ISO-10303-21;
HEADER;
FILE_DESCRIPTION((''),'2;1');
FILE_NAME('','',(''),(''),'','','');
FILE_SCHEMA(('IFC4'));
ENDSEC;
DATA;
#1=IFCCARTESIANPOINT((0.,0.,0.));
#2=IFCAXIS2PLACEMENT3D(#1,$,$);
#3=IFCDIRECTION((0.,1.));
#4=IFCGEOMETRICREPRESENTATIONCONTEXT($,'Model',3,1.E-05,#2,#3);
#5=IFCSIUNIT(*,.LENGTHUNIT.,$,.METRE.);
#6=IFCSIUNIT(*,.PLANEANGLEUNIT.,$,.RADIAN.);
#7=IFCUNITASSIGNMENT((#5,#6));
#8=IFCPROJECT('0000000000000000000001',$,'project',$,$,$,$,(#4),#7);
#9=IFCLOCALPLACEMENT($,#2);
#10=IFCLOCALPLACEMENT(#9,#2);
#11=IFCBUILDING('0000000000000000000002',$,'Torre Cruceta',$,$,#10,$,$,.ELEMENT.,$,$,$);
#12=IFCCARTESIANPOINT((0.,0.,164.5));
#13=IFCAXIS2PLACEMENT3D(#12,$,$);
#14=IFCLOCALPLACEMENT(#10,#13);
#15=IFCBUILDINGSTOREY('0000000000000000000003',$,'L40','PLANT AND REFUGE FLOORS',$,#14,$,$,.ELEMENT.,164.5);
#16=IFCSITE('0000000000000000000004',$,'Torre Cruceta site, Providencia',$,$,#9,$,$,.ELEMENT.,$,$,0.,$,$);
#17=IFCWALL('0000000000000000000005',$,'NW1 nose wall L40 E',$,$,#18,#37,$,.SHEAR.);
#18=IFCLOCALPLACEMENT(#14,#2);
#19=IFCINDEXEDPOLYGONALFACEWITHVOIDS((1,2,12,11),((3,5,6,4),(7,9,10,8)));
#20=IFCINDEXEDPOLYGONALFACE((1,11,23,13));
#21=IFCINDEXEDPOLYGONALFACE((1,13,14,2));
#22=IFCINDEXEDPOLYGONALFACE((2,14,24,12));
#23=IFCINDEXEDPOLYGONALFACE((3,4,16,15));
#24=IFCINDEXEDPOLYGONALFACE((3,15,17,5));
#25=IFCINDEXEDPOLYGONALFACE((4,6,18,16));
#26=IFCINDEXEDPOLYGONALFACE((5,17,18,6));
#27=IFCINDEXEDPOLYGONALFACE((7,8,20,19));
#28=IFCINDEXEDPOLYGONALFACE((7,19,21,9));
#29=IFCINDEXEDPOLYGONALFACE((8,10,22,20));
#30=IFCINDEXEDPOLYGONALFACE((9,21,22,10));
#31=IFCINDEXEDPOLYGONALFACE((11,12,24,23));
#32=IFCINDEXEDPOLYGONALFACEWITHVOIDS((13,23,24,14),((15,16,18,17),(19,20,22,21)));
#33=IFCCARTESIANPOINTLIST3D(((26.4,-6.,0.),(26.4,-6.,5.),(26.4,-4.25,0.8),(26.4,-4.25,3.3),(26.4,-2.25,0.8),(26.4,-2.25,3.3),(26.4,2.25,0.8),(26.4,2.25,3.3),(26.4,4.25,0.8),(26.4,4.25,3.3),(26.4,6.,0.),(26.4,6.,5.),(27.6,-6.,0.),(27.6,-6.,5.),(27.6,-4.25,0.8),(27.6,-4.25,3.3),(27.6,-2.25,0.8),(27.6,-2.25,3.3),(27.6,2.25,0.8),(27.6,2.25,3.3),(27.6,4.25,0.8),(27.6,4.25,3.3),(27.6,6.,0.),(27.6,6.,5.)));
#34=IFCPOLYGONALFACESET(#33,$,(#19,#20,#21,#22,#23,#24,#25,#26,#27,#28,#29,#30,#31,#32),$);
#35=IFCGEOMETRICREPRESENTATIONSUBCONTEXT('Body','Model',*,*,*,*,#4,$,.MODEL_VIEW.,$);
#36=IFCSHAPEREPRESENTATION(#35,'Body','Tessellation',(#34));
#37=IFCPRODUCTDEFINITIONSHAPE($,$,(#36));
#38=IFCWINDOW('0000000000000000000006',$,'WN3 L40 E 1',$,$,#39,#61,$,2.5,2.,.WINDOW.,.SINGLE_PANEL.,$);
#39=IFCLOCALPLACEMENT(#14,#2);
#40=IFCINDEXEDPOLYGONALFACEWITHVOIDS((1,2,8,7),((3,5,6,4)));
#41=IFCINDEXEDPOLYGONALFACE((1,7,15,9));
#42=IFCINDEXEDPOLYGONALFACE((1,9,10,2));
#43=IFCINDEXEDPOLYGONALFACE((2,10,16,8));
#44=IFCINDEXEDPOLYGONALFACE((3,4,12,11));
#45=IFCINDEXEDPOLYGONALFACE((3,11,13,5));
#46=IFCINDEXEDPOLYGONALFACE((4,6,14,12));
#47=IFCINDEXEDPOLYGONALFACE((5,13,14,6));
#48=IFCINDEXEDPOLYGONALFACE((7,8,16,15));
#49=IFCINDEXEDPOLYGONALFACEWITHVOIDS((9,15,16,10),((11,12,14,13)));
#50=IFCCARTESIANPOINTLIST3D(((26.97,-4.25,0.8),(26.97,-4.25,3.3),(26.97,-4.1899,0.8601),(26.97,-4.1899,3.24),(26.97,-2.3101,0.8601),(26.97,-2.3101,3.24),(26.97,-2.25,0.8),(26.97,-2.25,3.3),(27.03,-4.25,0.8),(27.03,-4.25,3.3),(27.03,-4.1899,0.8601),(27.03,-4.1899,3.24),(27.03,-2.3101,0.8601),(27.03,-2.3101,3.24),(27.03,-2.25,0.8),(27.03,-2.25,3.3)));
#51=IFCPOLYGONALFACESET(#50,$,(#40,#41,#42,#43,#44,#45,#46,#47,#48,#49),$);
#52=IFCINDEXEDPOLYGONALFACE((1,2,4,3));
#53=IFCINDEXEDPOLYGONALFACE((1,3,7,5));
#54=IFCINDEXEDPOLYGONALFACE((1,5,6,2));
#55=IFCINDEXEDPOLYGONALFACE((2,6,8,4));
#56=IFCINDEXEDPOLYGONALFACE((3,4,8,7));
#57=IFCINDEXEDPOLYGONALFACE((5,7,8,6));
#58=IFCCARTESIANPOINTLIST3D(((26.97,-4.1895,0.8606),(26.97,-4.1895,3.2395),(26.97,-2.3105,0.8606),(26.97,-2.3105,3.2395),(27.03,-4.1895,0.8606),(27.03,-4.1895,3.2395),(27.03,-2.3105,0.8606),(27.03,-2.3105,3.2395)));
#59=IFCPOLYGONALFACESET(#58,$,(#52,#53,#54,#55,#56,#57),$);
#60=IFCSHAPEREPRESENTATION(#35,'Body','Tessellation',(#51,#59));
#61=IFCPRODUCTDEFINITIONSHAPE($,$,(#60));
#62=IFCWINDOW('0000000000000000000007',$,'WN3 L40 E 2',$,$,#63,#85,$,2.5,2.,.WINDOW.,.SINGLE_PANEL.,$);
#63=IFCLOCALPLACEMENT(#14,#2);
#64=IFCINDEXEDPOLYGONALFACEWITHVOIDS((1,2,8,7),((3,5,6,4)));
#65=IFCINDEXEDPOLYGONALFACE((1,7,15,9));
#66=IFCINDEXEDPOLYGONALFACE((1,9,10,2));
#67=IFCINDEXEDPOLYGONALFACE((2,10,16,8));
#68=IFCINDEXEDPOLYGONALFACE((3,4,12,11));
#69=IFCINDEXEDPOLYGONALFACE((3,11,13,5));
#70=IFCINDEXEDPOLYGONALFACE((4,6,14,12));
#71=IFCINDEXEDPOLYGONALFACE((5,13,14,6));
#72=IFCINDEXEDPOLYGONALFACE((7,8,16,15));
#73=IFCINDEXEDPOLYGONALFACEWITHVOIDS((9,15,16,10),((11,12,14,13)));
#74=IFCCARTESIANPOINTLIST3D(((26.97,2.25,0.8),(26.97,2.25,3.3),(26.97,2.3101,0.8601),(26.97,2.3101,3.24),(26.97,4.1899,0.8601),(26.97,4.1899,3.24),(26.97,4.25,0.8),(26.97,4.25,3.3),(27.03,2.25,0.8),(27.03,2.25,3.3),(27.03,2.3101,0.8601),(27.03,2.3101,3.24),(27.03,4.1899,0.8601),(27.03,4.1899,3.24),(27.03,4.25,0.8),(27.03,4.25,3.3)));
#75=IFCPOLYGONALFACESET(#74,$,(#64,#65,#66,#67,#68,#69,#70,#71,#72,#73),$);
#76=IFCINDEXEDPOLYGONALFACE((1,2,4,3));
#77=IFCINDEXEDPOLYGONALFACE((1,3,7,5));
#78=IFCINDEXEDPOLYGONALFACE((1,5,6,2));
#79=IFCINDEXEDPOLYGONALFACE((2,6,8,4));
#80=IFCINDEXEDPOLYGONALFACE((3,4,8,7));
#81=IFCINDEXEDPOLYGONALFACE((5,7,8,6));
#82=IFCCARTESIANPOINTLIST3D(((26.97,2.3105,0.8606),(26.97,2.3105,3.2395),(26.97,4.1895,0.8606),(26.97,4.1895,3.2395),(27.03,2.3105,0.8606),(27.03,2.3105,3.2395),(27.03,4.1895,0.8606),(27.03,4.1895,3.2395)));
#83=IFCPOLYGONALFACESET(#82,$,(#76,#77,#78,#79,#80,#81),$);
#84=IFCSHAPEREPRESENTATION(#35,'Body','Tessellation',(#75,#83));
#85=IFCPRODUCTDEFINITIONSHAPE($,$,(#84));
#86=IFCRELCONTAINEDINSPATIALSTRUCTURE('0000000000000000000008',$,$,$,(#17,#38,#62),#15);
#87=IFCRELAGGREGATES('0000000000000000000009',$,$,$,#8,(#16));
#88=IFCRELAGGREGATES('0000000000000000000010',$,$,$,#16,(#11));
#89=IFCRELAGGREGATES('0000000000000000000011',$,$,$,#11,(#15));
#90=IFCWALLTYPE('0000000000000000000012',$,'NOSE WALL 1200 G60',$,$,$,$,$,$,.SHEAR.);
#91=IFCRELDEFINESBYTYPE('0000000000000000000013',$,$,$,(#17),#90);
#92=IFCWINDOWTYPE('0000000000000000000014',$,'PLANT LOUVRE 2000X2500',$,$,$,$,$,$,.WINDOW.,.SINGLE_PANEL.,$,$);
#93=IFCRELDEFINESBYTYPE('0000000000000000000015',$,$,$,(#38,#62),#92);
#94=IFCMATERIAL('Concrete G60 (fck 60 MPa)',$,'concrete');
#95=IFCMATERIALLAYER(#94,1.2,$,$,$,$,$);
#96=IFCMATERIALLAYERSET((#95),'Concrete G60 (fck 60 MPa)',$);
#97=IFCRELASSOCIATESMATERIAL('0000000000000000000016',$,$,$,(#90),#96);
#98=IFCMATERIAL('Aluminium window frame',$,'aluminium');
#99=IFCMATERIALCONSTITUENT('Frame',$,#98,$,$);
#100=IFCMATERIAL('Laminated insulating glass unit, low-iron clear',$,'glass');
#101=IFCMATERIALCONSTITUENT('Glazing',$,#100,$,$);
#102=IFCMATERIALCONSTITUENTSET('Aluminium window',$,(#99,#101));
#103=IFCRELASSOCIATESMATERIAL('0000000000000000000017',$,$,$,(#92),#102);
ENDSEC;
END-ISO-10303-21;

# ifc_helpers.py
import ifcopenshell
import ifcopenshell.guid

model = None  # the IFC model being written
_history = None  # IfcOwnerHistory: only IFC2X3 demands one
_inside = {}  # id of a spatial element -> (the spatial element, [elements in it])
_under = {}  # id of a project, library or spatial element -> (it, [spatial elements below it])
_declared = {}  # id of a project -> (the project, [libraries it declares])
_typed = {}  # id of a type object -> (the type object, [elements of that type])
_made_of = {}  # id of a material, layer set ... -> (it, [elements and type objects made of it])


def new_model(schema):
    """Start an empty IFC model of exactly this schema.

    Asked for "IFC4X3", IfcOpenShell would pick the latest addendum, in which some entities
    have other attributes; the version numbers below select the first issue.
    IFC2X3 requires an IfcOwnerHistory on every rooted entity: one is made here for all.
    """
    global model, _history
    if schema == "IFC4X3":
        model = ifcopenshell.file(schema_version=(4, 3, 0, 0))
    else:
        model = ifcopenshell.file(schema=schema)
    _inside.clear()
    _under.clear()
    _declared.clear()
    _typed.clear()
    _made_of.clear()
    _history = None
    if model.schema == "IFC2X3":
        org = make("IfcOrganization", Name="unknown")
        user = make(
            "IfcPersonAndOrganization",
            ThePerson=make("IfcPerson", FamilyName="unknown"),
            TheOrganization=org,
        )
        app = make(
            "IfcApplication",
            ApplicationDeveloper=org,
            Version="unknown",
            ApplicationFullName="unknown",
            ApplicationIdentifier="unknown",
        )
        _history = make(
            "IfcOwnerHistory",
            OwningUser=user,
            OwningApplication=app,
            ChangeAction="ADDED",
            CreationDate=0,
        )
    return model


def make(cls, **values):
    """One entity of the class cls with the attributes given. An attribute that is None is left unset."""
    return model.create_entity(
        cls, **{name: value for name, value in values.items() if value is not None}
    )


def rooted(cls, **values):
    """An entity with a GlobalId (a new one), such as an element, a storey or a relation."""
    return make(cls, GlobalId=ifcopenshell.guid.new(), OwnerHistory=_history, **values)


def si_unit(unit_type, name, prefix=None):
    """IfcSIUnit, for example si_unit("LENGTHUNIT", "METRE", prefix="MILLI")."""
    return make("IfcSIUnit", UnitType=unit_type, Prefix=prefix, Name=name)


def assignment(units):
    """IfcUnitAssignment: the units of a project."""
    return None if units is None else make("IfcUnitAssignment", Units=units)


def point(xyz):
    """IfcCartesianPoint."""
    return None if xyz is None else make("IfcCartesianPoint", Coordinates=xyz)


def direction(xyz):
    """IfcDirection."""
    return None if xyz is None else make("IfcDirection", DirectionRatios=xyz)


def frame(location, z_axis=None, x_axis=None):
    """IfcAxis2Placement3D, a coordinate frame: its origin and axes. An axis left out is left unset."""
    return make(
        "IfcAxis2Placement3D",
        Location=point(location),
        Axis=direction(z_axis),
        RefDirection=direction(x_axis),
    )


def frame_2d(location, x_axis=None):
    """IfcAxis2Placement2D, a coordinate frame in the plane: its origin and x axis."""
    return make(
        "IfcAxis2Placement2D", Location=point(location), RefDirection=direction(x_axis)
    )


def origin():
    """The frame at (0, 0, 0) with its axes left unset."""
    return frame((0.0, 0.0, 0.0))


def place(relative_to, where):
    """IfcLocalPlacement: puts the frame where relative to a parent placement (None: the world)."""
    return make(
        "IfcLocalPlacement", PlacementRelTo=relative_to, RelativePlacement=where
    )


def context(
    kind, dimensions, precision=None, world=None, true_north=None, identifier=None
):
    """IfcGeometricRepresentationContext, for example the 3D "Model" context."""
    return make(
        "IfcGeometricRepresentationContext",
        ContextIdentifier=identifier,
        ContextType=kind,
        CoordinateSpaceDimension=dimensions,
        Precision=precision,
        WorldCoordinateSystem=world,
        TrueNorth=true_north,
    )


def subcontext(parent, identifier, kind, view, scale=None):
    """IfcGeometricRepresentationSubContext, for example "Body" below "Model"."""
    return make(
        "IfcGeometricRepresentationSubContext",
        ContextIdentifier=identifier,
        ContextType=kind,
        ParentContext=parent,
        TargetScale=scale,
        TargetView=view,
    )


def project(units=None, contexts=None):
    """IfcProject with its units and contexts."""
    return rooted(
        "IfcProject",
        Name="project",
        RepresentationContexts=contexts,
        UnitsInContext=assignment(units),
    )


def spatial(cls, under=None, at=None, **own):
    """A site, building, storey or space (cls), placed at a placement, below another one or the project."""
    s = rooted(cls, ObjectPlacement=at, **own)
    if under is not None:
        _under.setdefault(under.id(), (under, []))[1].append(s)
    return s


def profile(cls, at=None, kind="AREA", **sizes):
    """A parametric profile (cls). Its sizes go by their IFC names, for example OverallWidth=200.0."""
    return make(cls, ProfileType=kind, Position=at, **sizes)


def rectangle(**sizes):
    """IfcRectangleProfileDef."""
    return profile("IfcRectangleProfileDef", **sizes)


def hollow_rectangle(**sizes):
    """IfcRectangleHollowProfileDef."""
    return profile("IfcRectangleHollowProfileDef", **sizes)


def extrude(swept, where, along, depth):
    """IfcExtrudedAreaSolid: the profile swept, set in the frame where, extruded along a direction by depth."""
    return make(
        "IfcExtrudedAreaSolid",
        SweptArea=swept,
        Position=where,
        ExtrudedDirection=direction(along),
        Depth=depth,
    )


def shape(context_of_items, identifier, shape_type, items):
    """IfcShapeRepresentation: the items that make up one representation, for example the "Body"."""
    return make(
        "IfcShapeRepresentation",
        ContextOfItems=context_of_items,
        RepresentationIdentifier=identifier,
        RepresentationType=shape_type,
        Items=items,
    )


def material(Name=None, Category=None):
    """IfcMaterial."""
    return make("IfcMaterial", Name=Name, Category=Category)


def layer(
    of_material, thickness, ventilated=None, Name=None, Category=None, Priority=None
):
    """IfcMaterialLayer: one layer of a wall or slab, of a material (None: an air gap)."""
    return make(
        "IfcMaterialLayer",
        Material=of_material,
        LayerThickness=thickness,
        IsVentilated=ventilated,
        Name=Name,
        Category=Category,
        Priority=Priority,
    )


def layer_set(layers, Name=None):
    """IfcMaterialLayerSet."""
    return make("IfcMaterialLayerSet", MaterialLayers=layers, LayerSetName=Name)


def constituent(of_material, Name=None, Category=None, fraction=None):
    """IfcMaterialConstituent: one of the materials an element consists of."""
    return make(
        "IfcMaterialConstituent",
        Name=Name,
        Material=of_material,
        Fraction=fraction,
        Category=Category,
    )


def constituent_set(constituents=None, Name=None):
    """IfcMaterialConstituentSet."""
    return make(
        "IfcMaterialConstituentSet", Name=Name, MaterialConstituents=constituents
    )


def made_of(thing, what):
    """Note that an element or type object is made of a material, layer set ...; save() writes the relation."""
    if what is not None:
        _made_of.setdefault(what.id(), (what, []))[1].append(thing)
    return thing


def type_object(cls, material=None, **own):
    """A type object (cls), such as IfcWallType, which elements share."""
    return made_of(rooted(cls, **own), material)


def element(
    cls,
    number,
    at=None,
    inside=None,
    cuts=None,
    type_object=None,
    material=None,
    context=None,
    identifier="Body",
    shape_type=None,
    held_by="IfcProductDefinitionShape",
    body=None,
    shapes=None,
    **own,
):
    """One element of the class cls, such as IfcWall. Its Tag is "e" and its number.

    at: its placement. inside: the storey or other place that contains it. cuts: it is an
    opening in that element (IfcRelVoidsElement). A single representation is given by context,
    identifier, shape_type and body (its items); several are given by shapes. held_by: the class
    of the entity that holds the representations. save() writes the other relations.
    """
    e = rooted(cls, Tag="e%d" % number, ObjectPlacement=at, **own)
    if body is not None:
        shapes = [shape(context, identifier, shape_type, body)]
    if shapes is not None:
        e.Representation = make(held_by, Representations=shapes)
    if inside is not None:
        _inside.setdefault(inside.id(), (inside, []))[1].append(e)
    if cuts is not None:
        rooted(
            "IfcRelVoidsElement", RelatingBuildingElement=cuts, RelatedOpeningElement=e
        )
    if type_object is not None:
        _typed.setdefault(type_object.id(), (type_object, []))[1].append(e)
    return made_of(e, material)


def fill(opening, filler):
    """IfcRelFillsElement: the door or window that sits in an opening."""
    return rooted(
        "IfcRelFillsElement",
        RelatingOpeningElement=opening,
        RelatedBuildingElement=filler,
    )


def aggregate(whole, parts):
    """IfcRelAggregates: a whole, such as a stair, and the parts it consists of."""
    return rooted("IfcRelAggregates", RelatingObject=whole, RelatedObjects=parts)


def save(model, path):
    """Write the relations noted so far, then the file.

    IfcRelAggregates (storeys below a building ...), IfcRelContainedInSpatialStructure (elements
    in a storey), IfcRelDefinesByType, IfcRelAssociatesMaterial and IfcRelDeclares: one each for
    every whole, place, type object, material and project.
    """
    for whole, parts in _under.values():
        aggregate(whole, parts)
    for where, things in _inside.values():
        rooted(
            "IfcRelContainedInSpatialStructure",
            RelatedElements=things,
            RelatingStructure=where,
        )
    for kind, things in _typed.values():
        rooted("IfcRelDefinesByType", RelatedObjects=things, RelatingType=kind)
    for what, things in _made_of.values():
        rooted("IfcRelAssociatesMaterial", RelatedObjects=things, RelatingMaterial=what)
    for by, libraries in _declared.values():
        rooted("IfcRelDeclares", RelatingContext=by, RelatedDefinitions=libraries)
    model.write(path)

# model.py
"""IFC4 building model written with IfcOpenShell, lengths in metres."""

from ifc_helpers import new_model, si_unit, direction, frame, frame_2d, origin, place, context, subcontext, project, spatial, rectangle, hollow_rectangle, extrude, material, layer, layer_set, constituent, constituent_set, type_object, element, fill, save


model = new_model("IFC4")

# Units and contexts
model_context = context("Model", 3, precision=1e-05, world=origin(), true_north=direction((0.0, 1.0)))
body_context = subcontext(model_context, "Body", "Model", "MODEL_VIEW")
ifc_project = project(units=[si_unit("LENGTHUNIT", "METRE"), si_unit("PLANEANGLEUNIT", "RADIAN")], contexts=[model_context])

# Site, building, storey
site_placement = place(None, origin())
site = spatial("IfcSite", under=ifc_project, at=site_placement, Name="Torre Cruceta site, Providencia", CompositionType="ELEMENT", RefElevation=0.0)
building_placement = place(site_placement, origin())
building = spatial("IfcBuilding", under=site, at=building_placement, Name="Torre Cruceta", CompositionType="ELEMENT")
storey_placement = place(building_placement, frame((0.0, 0.0, 164.5)))
storey = spatial("IfcBuildingStorey", under=building, at=storey_placement, Name="L40", Description="PLANT AND REFUGE FLOORS", CompositionType="ELEMENT", Elevation=164.5)

# Wall, openings, windows
ifc_material_1 = material(Name="Concrete G60 (fck 60 MPa)", Category="concrete")
ifc_layer_1 = layer(ifc_material_1, 1.2)
ifc_layer_set_1 = layer_set([ifc_layer_1], Name="Concrete G60 (fck 60 MPa)")
wall_type_1 = type_object("IfcWallType", Name="NOSE WALL 1200 G60", PredefinedType="SHEAR", material=ifc_layer_set_1)
wall_1_placement = place(storey_placement, frame((27.0, -6.0, 0.0), z_axis=(0.0, 0.0, 1.0), x_axis=(0.0, 1.0, 0.0)))
wall_1 = element("IfcWall", 1, at=wall_1_placement, inside=storey, type_object=wall_type_1, Name="NW1 nose wall L40 E", PredefinedType="SHEAR", context=body_context, shape_type="SweptSolid", body=[
    extrude(rectangle(XDim=12.0, YDim=1.2, at=frame_2d((6.0, 0.0))), origin(), (0.0, 0.0, 1.0), 5.0),
])
opening_1_placement = place(wall_1_placement, frame((1.75, 0.0, 0.8)))
opening_1 = element("IfcOpeningElement", 2, at=opening_1_placement, cuts=wall_1, PredefinedType="OPENING", context=body_context, shape_type="SweptSolid", body=[
    extrude(rectangle(XDim=2.0, YDim=2.5, at=frame_2d((1.0, 1.25))), frame((0.0, 0.6099, 0.0), z_axis=(0.0, -1.0, 0.0), x_axis=(1.0, 0.0, 0.0)), (0.0, 0.0, 1.0), 1.22),
])
opening_2_placement = place(wall_1_placement, frame((8.25, 0.0, 0.8)))
opening_2 = element("IfcOpeningElement", 3, at=opening_2_placement, cuts=wall_1, PredefinedType="OPENING", context=body_context, shape_type="SweptSolid", body=[
    extrude(rectangle(XDim=2.0, YDim=2.5, at=frame_2d((1.0, 1.25))), frame((0.0, 0.6099, 0.0), z_axis=(0.0, -1.0, 0.0), x_axis=(1.0, 0.0, 0.0)), (0.0, 0.0, 1.0), 1.22),
])
ifc_material_2 = material(Name="Aluminium window frame", Category="aluminium")
ifc_constituent_1 = constituent(ifc_material_2, Name="Frame")
ifc_material_3 = material(Name="Laminated insulating glass unit, low-iron clear", Category="glass")
ifc_constituent_2 = constituent(ifc_material_3, Name="Glazing")
ifc_constituent_set = constituent_set(constituents=[ifc_constituent_1, ifc_constituent_2], Name="Aluminium window")
window_type = type_object("IfcWindowType", Name="PLANT LOUVRE 2000X2500", PartitioningType="SINGLE_PANEL", PredefinedType="WINDOW", material=ifc_constituent_set)
window_1_placement = place(opening_1_placement, origin())
window_1 = element("IfcWindow", 4, at=window_1_placement, inside=storey, type_object=window_type, Name="WN3 L40 E 1", OverallHeight=2.5, OverallWidth=2.0, PartitioningType="SINGLE_PANEL", PredefinedType="WINDOW", context=body_context, shape_type="SweptSolid", body=[
    extrude(hollow_rectangle(XDim=2.0, YDim=2.5, WallThickness=0.0601, at=frame_2d((1.0, 1.25))), frame((0.0, 0.03, 0.0), z_axis=(0.0, -1.0, 0.0), x_axis=(1.0, 0.0, 0.0)), (0.0, 0.0, 1.0), 0.0601),
    extrude(rectangle(XDim=1.8789, YDim=2.3789, at=frame_2d((1.0, 1.25))), frame((0.0, 0.03, 0.0), z_axis=(0.0, -1.0, 0.0), x_axis=(1.0, 0.0, 0.0)), (0.0, 0.0, 1.0), 0.0601),
])
fill(opening_1, window_1)
window_2_placement = place(opening_2_placement, origin())
window_2 = element("IfcWindow", 5, at=window_2_placement, inside=storey, type_object=window_type, Name="WN3 L40 E 2", OverallHeight=2.5, OverallWidth=2.0, PartitioningType="SINGLE_PANEL", PredefinedType="WINDOW", context=body_context, shape_type="SweptSolid", body=[
    extrude(hollow_rectangle(XDim=2.0, YDim=2.5, WallThickness=0.0601, at=frame_2d((1.0, 1.25))), frame((0.0, 0.03, 0.0), z_axis=(0.0, -1.0, 0.0), x_axis=(1.0, 0.0, 0.0)), (0.0, 0.0, 1.0), 0.0601),
    extrude(rectangle(XDim=1.8789, YDim=2.3789, at=frame_2d((1.0, 1.25))), frame((0.0, 0.03, 0.0), z_axis=(0.0, -1.0, 0.0), x_axis=(1.0, 0.0, 0.0)), (0.0, 0.0, 1.0), 0.0601),
])
fill(opening_2, window_2)

save(model, "model.ifc")
